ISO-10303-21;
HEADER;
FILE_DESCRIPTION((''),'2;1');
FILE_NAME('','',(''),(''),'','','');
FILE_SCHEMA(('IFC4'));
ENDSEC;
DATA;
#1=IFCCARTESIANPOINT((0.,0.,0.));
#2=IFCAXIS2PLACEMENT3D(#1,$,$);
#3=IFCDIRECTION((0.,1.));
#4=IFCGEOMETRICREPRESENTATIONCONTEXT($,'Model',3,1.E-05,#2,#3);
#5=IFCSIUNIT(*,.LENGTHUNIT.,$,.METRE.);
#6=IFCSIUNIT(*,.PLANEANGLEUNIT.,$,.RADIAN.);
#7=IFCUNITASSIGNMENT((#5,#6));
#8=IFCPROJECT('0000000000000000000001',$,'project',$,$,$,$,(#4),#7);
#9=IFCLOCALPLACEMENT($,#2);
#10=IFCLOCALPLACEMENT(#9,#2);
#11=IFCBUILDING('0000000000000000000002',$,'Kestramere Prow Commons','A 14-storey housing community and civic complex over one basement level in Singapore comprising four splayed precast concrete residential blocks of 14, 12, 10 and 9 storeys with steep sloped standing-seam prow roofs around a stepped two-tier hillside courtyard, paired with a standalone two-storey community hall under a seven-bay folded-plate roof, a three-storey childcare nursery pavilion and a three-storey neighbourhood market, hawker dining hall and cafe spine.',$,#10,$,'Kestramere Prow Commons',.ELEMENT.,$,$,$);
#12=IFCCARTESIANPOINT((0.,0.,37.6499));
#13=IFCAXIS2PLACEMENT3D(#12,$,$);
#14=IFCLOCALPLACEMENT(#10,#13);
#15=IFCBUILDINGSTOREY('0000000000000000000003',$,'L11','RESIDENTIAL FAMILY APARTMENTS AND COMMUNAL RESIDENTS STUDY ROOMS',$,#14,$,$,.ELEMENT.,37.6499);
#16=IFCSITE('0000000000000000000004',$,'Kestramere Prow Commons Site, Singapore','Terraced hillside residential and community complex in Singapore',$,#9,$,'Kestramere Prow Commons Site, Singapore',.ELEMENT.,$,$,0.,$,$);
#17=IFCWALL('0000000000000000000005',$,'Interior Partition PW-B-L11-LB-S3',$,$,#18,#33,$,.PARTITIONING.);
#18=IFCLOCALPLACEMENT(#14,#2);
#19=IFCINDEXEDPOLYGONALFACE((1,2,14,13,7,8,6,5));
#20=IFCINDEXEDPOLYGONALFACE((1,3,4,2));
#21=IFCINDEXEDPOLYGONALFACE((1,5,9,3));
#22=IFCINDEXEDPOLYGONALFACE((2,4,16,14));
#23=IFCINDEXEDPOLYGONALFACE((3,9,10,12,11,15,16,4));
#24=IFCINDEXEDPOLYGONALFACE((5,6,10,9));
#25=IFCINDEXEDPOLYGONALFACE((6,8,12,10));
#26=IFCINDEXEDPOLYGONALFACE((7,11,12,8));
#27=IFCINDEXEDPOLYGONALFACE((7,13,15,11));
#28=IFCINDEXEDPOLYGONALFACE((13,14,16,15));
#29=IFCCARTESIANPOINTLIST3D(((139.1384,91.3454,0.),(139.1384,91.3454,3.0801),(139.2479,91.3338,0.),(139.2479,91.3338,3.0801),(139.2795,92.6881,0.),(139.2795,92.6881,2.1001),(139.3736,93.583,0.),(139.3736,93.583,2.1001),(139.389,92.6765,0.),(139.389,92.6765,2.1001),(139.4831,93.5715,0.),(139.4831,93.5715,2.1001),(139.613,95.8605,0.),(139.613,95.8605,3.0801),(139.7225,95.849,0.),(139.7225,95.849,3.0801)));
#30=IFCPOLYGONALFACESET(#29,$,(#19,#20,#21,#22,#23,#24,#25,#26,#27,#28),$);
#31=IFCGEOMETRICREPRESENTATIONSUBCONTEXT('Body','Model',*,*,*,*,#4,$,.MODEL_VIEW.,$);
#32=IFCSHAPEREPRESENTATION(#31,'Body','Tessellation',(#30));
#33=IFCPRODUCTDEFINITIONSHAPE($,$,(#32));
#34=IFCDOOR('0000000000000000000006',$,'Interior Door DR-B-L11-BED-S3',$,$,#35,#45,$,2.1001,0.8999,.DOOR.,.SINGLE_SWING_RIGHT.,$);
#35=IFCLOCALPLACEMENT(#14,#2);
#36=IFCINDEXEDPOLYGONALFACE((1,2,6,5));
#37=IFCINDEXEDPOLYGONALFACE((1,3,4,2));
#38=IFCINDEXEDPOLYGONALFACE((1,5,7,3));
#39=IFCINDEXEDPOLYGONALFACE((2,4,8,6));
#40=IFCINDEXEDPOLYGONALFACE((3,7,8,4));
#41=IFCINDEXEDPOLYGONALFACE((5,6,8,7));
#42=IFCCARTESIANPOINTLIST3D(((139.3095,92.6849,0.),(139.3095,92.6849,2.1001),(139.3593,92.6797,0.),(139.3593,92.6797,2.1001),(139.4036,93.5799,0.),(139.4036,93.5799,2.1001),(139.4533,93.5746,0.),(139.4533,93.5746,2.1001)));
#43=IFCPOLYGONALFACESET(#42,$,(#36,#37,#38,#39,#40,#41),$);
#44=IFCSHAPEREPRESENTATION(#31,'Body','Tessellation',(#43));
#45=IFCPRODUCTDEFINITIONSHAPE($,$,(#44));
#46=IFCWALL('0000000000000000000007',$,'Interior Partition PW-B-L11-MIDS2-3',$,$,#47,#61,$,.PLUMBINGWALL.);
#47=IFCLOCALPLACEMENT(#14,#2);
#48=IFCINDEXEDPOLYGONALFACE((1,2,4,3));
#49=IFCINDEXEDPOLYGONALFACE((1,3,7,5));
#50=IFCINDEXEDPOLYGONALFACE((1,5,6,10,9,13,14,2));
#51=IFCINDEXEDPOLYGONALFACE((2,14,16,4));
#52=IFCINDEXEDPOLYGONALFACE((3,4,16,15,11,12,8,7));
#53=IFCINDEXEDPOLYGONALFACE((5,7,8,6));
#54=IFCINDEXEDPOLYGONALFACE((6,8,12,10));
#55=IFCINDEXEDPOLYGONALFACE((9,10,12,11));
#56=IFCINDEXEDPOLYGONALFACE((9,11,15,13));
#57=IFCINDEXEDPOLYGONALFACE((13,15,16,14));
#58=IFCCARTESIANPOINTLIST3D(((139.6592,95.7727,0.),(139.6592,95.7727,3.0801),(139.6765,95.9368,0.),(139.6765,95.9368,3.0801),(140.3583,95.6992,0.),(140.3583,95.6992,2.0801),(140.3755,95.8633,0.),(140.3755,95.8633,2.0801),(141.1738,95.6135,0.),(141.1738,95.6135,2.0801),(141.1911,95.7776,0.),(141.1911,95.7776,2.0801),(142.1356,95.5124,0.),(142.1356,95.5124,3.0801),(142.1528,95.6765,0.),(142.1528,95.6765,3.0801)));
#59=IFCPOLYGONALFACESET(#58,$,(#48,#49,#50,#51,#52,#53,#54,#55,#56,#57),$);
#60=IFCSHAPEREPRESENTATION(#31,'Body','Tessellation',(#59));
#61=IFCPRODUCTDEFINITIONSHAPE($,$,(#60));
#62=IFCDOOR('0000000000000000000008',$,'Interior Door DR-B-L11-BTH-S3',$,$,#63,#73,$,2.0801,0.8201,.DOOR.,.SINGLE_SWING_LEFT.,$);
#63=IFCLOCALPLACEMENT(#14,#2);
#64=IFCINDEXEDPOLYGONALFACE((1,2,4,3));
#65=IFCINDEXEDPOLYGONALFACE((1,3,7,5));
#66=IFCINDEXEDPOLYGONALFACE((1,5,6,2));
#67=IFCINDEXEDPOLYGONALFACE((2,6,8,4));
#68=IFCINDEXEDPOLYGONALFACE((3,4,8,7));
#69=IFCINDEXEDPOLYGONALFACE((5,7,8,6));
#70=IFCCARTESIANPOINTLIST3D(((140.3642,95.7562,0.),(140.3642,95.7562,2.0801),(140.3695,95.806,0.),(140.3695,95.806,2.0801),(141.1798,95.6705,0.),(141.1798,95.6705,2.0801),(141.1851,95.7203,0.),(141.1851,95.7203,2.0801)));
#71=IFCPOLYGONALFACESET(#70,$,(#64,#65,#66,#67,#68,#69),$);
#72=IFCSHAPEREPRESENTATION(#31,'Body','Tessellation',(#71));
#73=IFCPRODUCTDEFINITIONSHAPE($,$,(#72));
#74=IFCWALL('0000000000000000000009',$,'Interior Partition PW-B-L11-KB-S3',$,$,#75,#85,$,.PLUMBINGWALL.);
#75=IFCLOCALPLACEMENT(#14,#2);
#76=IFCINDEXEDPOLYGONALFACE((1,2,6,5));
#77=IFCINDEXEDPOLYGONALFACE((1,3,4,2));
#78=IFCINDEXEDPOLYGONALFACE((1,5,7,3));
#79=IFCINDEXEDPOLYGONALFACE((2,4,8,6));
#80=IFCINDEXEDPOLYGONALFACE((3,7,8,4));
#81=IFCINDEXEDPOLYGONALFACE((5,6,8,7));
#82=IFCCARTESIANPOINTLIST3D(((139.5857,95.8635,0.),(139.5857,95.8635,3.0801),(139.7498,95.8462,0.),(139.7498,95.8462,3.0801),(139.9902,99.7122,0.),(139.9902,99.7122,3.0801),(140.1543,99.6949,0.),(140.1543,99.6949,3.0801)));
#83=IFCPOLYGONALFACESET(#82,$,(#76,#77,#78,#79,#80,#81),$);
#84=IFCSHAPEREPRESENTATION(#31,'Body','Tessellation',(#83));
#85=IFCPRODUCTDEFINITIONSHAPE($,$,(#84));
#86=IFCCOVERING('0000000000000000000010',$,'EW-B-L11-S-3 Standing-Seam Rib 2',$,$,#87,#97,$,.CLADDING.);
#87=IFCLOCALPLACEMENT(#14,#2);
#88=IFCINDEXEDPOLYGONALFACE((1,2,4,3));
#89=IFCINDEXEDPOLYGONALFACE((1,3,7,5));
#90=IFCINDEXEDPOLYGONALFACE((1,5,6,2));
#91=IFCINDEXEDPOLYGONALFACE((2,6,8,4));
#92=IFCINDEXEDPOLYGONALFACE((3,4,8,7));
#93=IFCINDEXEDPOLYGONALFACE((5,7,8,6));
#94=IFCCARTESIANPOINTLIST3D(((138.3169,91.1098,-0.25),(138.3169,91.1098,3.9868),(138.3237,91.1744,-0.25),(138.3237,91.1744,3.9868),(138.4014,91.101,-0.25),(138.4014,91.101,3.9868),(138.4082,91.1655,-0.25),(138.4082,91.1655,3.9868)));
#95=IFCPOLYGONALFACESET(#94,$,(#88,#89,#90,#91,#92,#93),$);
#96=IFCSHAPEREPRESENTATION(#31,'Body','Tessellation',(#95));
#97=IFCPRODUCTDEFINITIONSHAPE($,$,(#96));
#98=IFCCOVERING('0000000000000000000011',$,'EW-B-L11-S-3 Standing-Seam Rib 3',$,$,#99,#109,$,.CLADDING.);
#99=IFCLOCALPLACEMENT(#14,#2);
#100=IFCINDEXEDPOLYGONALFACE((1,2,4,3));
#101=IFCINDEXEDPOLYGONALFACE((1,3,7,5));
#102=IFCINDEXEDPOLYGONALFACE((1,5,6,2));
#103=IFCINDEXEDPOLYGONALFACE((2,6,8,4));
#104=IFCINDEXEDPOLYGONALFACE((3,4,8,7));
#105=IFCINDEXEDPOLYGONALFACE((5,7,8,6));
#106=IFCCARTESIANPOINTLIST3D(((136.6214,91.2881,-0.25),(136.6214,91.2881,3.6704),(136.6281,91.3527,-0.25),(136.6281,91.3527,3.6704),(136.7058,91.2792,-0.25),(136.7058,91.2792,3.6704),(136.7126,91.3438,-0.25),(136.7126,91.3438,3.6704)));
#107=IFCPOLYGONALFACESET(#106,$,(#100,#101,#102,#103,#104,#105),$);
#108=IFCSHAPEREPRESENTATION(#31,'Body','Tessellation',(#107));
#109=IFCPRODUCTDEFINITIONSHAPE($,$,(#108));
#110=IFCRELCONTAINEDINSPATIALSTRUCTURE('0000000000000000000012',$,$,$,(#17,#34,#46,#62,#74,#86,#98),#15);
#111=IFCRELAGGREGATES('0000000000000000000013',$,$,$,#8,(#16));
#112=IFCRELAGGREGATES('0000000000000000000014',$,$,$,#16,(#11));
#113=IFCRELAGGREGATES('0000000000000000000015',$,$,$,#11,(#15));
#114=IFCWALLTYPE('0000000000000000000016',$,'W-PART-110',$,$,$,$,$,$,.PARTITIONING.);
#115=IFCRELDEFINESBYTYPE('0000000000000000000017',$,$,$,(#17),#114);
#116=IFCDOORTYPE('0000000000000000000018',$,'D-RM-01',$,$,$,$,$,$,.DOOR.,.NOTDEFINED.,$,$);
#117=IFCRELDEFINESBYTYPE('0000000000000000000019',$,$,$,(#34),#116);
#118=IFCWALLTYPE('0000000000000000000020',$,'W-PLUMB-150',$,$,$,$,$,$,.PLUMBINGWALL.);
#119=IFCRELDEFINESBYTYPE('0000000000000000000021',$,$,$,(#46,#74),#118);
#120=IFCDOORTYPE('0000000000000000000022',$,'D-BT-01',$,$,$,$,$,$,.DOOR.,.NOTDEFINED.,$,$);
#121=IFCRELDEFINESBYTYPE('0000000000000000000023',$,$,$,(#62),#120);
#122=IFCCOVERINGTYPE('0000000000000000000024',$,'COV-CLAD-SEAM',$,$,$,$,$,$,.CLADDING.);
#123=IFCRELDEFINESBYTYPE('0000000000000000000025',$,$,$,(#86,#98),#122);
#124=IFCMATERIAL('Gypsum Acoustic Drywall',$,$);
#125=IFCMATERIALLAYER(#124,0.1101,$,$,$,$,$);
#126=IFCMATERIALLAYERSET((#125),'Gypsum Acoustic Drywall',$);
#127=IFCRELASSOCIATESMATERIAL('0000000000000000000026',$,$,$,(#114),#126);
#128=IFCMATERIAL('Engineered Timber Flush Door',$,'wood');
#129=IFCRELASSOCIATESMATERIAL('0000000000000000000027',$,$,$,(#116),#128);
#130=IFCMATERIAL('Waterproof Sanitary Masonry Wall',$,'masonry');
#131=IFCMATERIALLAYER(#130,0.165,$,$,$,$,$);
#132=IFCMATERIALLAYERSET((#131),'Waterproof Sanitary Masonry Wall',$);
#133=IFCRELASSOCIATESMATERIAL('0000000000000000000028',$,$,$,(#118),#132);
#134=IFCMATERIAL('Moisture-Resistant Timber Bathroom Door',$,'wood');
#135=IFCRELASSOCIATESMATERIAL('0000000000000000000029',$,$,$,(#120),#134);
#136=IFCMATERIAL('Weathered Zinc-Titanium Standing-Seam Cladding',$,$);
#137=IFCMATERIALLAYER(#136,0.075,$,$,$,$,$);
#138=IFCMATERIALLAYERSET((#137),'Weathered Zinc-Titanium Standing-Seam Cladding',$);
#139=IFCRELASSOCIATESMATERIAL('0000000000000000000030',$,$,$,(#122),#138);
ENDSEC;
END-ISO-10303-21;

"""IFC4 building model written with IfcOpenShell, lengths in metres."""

from ifc_helpers import new_model, si_unit, direction, frame, frame_2d, origin, origin_2d, place, context, subcontext, project, spatial, rectangle, extrude, material, layer, layer_set, type_object, element, fill, save


model = new_model("IFC4")

# Units and contexts
model_context = context("Model", 3, precision=1e-05, world=origin(), true_north=direction((0.0, 1.0)))
body_context = subcontext(model_context, "Body", "Model", "MODEL_VIEW")
ifc_project = project(units=[si_unit("LENGTHUNIT", "METRE"), si_unit("PLANEANGLEUNIT", "RADIAN")], contexts=[model_context])

# Site, building, storey
site_placement = place(None, origin())
site = spatial("IfcSite", under=ifc_project, at=site_placement, Name="Kestramere Prow Commons Site, Singapore", Description="Terraced hillside residential and community complex in Singapore", LongName="Kestramere Prow Commons Site, Singapore", CompositionType="ELEMENT", RefElevation=0.0)
building_placement = place(site_placement, origin())
building = spatial("IfcBuilding", under=site, at=building_placement, Name="Kestramere Prow Commons", Description="A 14-storey housing community and civic complex over one basement level in Singapore comprising four splayed precast concrete residential blocks of 14, 12, 10 and 9 storeys with steep sloped standing-seam prow roofs around a stepped two-tier hillside courtyard, paired with a standalone two-storey community hall under a seven-bay folded-plate roof, a three-storey childcare nursery pavilion and a three-storey neighbourhood market, hawker dining hall and cafe spine.", LongName="Kestramere Prow Commons", CompositionType="ELEMENT")
storey_placement = place(building_placement, frame((0.0, 0.0, 37.6499)))
storey = spatial("IfcBuildingStorey", under=building, at=storey_placement, Name="L11", Description="RESIDENTIAL FAMILY APARTMENTS AND COMMUNAL RESIDENTS STUDY ROOMS", CompositionType="ELEMENT", Elevation=37.6499)

# Walls, openings, doors
ifc_material_1 = material(Name="Gypsum Acoustic Drywall")
ifc_layer_1 = layer(ifc_material_1, 0.1101)
ifc_layer_set_1 = layer_set([ifc_layer_1], Name="Gypsum Acoustic Drywall")
wall_type_1 = type_object("IfcWallType", Name="W-PART-110", PredefinedType="PARTITIONING", material=ifc_layer_set_1)
wall_1_placement = place(storey_placement, frame((139.1931, 91.3396, 0.0), z_axis=(0.0, 0.0, 1.0), x_axis=(0.104539, 0.994521, 0.0)))
wall_1 = element("IfcWall", 1, at=wall_1_placement, inside=storey, type_object=wall_type_1, Name="Interior Partition PW-B-L11-LB-S3", PredefinedType="PARTITIONING", context=body_context, shape_type="SweptSolid", body=[
    extrude(rectangle(XDim=4.54, YDim=0.1101, at=frame_2d((2.27, 0.0))), origin(), (0.0, 0.0, 1.0), 3.0801),
])
opening_1_placement = place(wall_1_placement, frame((1.3501, 0.0, 0.0)))
opening_1 = element("IfcOpeningElement", 2, at=opening_1_placement, cuts=wall_1, PredefinedType="OPENING", context=body_context, shape_type="SweptSolid", body=[
    extrude(rectangle(XDim=0.8999, YDim=2.1001, at=frame_2d((0.45, 1.05))), frame((0.0, 0.0701, 0.0), z_axis=(0.0, -1.0, 0.0), x_axis=(1.0, 0.0, 0.0)), (0.0, 0.0, 1.0), 0.1401),
])
ifc_material_2 = material(Name="Engineered Timber Flush Door", Category="wood")
door_type_1 = type_object("IfcDoorType", Name="D-RM-01", OperationType="NOTDEFINED", PredefinedType="DOOR", material=ifc_material_2)
door_1_placement = place(opening_1_placement, origin())
door_1 = element("IfcDoor", 3, at=door_1_placement, inside=storey, type_object=door_type_1, Name="Interior Door DR-B-L11-BED-S3", OperationType="SINGLE_SWING_RIGHT", OverallHeight=2.1001, OverallWidth=0.8999, PredefinedType="DOOR", context=body_context, shape_type="SweptSolid", body=[
    extrude(rectangle(XDim=0.8999, YDim=2.1001, at=frame_2d((0.45, 1.05))), frame((0.0, 0.0249, 0.0), z_axis=(0.0, -1.0, 0.0), x_axis=(1.0, 0.0, 0.0)), (0.0, 0.0, 1.0), 0.05),
])
fill(opening_1, door_1)
ifc_material_3 = material(Name="Waterproof Sanitary Masonry Wall", Category="masonry")
ifc_layer_2 = layer(ifc_material_3, 0.165)
ifc_layer_set_2 = layer_set([ifc_layer_2], Name="Waterproof Sanitary Masonry Wall")
wall_type_2 = type_object("IfcWallType", Name="W-PLUMB-150", PredefinedType="PLUMBINGWALL", material=ifc_layer_set_2)
wall_2_placement = place(storey_placement, frame((139.6677, 95.8547, 0.0), z_axis=(0.0, 0.0, 1.0), x_axis=(0.994523, -0.104521, 0.0)))
wall_2 = element("IfcWall", 4, at=wall_2_placement, inside=storey, type_object=wall_type_2, Name="Interior Partition PW-B-L11-MIDS2-3", PredefinedType="PLUMBINGWALL", context=body_context, shape_type="SweptSolid", body=[
    extrude(rectangle(XDim=2.49, YDim=0.165, at=frame_2d((1.2451, 0.0))), origin(), (0.0, 0.0, 1.0), 3.0801),
])
opening_2_placement = place(wall_2_placement, frame((0.7029, 0.0, 0.0)))
opening_2 = element("IfcOpeningElement", 5, at=opening_2_placement, cuts=wall_2, PredefinedType="OPENING", context=body_context, shape_type="SweptSolid", body=[
    extrude(rectangle(XDim=0.8201, YDim=2.0801, at=frame_2d((0.4102, 1.04))), frame((0.0, 0.0974, 0.0), z_axis=(0.0, -1.0, 0.0), x_axis=(1.0, 0.0, 0.0)), (0.0, 0.0, 1.0), 0.1951),
])
ifc_material_4 = material(Name="Moisture-Resistant Timber Bathroom Door", Category="wood")
door_type_2 = type_object("IfcDoorType", Name="D-BT-01", OperationType="NOTDEFINED", PredefinedType="DOOR", material=ifc_material_4)
door_2_placement = place(opening_2_placement, origin())
door_2 = element("IfcDoor", 6, at=door_2_placement, inside=storey, type_object=door_type_2, Name="Interior Door DR-B-L11-BTH-S3", OperationType="SINGLE_SWING_LEFT", OverallHeight=2.0801, OverallWidth=0.8201, PredefinedType="DOOR", context=body_context, shape_type="SweptSolid", body=[
    extrude(rectangle(XDim=0.8201, YDim=2.0801, at=frame_2d((0.4102, 1.04))), frame((0.0, 0.0249, 0.0), z_axis=(0.0, -1.0, 0.0), x_axis=(1.0, 0.0, 0.0)), (0.0, 0.0, 1.0), 0.05),
])
fill(opening_2, door_2)

# Wall
wall_3_placement = place(storey_placement, frame((139.6677, 95.8547, 0.0), z_axis=(0.0, 0.0, 1.0), x_axis=(0.104537, 0.994521, 0.0)))
element("IfcWall", 7, at=wall_3_placement, inside=storey, type_object=wall_type_2, Name="Interior Partition PW-B-L11-KB-S3", PredefinedType="PLUMBINGWALL", context=body_context, shape_type="SweptSolid", body=[
    extrude(rectangle(XDim=3.8699, YDim=0.165, at=frame_2d((1.9351, 0.0))), origin(), (0.0, 0.0, 1.0), 3.0801),
])

# Coverings
ifc_material_5 = material(Name="Weathered Zinc-Titanium Standing-Seam Cladding")
ifc_layer_3 = layer(ifc_material_5, 0.075)
ifc_layer_set_3 = layer_set([ifc_layer_3], Name="Weathered Zinc-Titanium Standing-Seam Cladding")
covering_type = type_object("IfcCoveringType", Name="COV-CLAD-SEAM", PredefinedType="CLADDING", material=ifc_layer_set_3)
covering_1_placement = place(storey_placement, frame((138.3625, 91.1377, -0.25), z_axis=(0.0, 0.0, 1.0), x_axis=(-0.994522, 0.104528, 0.0)))
element("IfcCovering", 8, at=covering_1_placement, inside=storey, type_object=covering_type, Name="EW-B-L11-S-3 Standing-Seam Rib 2", PredefinedType="CLADDING", context=body_context, shape_type="SweptSolid", body=[
    extrude(rectangle(XDim=0.085, YDim=0.0649, at=origin_2d()), origin(), (0.0, 0.0, 1.0), 4.2368),
])
covering_2_placement = place(storey_placement, frame((136.667, 91.3159, -0.25), z_axis=(0.0, 0.0, 1.0), x_axis=(-0.994522, 0.104528, 0.0)))
element("IfcCovering", 9, at=covering_2_placement, inside=storey, type_object=covering_type, Name="EW-B-L11-S-3 Standing-Seam Rib 3", PredefinedType="CLADDING", context=body_context, shape_type="SweptSolid", body=[
    extrude(rectangle(XDim=0.085, YDim=0.0649, at=origin_2d()), origin(), (0.0, 0.0, 1.0), 3.9204),
])

save(model, "model.ifc")
